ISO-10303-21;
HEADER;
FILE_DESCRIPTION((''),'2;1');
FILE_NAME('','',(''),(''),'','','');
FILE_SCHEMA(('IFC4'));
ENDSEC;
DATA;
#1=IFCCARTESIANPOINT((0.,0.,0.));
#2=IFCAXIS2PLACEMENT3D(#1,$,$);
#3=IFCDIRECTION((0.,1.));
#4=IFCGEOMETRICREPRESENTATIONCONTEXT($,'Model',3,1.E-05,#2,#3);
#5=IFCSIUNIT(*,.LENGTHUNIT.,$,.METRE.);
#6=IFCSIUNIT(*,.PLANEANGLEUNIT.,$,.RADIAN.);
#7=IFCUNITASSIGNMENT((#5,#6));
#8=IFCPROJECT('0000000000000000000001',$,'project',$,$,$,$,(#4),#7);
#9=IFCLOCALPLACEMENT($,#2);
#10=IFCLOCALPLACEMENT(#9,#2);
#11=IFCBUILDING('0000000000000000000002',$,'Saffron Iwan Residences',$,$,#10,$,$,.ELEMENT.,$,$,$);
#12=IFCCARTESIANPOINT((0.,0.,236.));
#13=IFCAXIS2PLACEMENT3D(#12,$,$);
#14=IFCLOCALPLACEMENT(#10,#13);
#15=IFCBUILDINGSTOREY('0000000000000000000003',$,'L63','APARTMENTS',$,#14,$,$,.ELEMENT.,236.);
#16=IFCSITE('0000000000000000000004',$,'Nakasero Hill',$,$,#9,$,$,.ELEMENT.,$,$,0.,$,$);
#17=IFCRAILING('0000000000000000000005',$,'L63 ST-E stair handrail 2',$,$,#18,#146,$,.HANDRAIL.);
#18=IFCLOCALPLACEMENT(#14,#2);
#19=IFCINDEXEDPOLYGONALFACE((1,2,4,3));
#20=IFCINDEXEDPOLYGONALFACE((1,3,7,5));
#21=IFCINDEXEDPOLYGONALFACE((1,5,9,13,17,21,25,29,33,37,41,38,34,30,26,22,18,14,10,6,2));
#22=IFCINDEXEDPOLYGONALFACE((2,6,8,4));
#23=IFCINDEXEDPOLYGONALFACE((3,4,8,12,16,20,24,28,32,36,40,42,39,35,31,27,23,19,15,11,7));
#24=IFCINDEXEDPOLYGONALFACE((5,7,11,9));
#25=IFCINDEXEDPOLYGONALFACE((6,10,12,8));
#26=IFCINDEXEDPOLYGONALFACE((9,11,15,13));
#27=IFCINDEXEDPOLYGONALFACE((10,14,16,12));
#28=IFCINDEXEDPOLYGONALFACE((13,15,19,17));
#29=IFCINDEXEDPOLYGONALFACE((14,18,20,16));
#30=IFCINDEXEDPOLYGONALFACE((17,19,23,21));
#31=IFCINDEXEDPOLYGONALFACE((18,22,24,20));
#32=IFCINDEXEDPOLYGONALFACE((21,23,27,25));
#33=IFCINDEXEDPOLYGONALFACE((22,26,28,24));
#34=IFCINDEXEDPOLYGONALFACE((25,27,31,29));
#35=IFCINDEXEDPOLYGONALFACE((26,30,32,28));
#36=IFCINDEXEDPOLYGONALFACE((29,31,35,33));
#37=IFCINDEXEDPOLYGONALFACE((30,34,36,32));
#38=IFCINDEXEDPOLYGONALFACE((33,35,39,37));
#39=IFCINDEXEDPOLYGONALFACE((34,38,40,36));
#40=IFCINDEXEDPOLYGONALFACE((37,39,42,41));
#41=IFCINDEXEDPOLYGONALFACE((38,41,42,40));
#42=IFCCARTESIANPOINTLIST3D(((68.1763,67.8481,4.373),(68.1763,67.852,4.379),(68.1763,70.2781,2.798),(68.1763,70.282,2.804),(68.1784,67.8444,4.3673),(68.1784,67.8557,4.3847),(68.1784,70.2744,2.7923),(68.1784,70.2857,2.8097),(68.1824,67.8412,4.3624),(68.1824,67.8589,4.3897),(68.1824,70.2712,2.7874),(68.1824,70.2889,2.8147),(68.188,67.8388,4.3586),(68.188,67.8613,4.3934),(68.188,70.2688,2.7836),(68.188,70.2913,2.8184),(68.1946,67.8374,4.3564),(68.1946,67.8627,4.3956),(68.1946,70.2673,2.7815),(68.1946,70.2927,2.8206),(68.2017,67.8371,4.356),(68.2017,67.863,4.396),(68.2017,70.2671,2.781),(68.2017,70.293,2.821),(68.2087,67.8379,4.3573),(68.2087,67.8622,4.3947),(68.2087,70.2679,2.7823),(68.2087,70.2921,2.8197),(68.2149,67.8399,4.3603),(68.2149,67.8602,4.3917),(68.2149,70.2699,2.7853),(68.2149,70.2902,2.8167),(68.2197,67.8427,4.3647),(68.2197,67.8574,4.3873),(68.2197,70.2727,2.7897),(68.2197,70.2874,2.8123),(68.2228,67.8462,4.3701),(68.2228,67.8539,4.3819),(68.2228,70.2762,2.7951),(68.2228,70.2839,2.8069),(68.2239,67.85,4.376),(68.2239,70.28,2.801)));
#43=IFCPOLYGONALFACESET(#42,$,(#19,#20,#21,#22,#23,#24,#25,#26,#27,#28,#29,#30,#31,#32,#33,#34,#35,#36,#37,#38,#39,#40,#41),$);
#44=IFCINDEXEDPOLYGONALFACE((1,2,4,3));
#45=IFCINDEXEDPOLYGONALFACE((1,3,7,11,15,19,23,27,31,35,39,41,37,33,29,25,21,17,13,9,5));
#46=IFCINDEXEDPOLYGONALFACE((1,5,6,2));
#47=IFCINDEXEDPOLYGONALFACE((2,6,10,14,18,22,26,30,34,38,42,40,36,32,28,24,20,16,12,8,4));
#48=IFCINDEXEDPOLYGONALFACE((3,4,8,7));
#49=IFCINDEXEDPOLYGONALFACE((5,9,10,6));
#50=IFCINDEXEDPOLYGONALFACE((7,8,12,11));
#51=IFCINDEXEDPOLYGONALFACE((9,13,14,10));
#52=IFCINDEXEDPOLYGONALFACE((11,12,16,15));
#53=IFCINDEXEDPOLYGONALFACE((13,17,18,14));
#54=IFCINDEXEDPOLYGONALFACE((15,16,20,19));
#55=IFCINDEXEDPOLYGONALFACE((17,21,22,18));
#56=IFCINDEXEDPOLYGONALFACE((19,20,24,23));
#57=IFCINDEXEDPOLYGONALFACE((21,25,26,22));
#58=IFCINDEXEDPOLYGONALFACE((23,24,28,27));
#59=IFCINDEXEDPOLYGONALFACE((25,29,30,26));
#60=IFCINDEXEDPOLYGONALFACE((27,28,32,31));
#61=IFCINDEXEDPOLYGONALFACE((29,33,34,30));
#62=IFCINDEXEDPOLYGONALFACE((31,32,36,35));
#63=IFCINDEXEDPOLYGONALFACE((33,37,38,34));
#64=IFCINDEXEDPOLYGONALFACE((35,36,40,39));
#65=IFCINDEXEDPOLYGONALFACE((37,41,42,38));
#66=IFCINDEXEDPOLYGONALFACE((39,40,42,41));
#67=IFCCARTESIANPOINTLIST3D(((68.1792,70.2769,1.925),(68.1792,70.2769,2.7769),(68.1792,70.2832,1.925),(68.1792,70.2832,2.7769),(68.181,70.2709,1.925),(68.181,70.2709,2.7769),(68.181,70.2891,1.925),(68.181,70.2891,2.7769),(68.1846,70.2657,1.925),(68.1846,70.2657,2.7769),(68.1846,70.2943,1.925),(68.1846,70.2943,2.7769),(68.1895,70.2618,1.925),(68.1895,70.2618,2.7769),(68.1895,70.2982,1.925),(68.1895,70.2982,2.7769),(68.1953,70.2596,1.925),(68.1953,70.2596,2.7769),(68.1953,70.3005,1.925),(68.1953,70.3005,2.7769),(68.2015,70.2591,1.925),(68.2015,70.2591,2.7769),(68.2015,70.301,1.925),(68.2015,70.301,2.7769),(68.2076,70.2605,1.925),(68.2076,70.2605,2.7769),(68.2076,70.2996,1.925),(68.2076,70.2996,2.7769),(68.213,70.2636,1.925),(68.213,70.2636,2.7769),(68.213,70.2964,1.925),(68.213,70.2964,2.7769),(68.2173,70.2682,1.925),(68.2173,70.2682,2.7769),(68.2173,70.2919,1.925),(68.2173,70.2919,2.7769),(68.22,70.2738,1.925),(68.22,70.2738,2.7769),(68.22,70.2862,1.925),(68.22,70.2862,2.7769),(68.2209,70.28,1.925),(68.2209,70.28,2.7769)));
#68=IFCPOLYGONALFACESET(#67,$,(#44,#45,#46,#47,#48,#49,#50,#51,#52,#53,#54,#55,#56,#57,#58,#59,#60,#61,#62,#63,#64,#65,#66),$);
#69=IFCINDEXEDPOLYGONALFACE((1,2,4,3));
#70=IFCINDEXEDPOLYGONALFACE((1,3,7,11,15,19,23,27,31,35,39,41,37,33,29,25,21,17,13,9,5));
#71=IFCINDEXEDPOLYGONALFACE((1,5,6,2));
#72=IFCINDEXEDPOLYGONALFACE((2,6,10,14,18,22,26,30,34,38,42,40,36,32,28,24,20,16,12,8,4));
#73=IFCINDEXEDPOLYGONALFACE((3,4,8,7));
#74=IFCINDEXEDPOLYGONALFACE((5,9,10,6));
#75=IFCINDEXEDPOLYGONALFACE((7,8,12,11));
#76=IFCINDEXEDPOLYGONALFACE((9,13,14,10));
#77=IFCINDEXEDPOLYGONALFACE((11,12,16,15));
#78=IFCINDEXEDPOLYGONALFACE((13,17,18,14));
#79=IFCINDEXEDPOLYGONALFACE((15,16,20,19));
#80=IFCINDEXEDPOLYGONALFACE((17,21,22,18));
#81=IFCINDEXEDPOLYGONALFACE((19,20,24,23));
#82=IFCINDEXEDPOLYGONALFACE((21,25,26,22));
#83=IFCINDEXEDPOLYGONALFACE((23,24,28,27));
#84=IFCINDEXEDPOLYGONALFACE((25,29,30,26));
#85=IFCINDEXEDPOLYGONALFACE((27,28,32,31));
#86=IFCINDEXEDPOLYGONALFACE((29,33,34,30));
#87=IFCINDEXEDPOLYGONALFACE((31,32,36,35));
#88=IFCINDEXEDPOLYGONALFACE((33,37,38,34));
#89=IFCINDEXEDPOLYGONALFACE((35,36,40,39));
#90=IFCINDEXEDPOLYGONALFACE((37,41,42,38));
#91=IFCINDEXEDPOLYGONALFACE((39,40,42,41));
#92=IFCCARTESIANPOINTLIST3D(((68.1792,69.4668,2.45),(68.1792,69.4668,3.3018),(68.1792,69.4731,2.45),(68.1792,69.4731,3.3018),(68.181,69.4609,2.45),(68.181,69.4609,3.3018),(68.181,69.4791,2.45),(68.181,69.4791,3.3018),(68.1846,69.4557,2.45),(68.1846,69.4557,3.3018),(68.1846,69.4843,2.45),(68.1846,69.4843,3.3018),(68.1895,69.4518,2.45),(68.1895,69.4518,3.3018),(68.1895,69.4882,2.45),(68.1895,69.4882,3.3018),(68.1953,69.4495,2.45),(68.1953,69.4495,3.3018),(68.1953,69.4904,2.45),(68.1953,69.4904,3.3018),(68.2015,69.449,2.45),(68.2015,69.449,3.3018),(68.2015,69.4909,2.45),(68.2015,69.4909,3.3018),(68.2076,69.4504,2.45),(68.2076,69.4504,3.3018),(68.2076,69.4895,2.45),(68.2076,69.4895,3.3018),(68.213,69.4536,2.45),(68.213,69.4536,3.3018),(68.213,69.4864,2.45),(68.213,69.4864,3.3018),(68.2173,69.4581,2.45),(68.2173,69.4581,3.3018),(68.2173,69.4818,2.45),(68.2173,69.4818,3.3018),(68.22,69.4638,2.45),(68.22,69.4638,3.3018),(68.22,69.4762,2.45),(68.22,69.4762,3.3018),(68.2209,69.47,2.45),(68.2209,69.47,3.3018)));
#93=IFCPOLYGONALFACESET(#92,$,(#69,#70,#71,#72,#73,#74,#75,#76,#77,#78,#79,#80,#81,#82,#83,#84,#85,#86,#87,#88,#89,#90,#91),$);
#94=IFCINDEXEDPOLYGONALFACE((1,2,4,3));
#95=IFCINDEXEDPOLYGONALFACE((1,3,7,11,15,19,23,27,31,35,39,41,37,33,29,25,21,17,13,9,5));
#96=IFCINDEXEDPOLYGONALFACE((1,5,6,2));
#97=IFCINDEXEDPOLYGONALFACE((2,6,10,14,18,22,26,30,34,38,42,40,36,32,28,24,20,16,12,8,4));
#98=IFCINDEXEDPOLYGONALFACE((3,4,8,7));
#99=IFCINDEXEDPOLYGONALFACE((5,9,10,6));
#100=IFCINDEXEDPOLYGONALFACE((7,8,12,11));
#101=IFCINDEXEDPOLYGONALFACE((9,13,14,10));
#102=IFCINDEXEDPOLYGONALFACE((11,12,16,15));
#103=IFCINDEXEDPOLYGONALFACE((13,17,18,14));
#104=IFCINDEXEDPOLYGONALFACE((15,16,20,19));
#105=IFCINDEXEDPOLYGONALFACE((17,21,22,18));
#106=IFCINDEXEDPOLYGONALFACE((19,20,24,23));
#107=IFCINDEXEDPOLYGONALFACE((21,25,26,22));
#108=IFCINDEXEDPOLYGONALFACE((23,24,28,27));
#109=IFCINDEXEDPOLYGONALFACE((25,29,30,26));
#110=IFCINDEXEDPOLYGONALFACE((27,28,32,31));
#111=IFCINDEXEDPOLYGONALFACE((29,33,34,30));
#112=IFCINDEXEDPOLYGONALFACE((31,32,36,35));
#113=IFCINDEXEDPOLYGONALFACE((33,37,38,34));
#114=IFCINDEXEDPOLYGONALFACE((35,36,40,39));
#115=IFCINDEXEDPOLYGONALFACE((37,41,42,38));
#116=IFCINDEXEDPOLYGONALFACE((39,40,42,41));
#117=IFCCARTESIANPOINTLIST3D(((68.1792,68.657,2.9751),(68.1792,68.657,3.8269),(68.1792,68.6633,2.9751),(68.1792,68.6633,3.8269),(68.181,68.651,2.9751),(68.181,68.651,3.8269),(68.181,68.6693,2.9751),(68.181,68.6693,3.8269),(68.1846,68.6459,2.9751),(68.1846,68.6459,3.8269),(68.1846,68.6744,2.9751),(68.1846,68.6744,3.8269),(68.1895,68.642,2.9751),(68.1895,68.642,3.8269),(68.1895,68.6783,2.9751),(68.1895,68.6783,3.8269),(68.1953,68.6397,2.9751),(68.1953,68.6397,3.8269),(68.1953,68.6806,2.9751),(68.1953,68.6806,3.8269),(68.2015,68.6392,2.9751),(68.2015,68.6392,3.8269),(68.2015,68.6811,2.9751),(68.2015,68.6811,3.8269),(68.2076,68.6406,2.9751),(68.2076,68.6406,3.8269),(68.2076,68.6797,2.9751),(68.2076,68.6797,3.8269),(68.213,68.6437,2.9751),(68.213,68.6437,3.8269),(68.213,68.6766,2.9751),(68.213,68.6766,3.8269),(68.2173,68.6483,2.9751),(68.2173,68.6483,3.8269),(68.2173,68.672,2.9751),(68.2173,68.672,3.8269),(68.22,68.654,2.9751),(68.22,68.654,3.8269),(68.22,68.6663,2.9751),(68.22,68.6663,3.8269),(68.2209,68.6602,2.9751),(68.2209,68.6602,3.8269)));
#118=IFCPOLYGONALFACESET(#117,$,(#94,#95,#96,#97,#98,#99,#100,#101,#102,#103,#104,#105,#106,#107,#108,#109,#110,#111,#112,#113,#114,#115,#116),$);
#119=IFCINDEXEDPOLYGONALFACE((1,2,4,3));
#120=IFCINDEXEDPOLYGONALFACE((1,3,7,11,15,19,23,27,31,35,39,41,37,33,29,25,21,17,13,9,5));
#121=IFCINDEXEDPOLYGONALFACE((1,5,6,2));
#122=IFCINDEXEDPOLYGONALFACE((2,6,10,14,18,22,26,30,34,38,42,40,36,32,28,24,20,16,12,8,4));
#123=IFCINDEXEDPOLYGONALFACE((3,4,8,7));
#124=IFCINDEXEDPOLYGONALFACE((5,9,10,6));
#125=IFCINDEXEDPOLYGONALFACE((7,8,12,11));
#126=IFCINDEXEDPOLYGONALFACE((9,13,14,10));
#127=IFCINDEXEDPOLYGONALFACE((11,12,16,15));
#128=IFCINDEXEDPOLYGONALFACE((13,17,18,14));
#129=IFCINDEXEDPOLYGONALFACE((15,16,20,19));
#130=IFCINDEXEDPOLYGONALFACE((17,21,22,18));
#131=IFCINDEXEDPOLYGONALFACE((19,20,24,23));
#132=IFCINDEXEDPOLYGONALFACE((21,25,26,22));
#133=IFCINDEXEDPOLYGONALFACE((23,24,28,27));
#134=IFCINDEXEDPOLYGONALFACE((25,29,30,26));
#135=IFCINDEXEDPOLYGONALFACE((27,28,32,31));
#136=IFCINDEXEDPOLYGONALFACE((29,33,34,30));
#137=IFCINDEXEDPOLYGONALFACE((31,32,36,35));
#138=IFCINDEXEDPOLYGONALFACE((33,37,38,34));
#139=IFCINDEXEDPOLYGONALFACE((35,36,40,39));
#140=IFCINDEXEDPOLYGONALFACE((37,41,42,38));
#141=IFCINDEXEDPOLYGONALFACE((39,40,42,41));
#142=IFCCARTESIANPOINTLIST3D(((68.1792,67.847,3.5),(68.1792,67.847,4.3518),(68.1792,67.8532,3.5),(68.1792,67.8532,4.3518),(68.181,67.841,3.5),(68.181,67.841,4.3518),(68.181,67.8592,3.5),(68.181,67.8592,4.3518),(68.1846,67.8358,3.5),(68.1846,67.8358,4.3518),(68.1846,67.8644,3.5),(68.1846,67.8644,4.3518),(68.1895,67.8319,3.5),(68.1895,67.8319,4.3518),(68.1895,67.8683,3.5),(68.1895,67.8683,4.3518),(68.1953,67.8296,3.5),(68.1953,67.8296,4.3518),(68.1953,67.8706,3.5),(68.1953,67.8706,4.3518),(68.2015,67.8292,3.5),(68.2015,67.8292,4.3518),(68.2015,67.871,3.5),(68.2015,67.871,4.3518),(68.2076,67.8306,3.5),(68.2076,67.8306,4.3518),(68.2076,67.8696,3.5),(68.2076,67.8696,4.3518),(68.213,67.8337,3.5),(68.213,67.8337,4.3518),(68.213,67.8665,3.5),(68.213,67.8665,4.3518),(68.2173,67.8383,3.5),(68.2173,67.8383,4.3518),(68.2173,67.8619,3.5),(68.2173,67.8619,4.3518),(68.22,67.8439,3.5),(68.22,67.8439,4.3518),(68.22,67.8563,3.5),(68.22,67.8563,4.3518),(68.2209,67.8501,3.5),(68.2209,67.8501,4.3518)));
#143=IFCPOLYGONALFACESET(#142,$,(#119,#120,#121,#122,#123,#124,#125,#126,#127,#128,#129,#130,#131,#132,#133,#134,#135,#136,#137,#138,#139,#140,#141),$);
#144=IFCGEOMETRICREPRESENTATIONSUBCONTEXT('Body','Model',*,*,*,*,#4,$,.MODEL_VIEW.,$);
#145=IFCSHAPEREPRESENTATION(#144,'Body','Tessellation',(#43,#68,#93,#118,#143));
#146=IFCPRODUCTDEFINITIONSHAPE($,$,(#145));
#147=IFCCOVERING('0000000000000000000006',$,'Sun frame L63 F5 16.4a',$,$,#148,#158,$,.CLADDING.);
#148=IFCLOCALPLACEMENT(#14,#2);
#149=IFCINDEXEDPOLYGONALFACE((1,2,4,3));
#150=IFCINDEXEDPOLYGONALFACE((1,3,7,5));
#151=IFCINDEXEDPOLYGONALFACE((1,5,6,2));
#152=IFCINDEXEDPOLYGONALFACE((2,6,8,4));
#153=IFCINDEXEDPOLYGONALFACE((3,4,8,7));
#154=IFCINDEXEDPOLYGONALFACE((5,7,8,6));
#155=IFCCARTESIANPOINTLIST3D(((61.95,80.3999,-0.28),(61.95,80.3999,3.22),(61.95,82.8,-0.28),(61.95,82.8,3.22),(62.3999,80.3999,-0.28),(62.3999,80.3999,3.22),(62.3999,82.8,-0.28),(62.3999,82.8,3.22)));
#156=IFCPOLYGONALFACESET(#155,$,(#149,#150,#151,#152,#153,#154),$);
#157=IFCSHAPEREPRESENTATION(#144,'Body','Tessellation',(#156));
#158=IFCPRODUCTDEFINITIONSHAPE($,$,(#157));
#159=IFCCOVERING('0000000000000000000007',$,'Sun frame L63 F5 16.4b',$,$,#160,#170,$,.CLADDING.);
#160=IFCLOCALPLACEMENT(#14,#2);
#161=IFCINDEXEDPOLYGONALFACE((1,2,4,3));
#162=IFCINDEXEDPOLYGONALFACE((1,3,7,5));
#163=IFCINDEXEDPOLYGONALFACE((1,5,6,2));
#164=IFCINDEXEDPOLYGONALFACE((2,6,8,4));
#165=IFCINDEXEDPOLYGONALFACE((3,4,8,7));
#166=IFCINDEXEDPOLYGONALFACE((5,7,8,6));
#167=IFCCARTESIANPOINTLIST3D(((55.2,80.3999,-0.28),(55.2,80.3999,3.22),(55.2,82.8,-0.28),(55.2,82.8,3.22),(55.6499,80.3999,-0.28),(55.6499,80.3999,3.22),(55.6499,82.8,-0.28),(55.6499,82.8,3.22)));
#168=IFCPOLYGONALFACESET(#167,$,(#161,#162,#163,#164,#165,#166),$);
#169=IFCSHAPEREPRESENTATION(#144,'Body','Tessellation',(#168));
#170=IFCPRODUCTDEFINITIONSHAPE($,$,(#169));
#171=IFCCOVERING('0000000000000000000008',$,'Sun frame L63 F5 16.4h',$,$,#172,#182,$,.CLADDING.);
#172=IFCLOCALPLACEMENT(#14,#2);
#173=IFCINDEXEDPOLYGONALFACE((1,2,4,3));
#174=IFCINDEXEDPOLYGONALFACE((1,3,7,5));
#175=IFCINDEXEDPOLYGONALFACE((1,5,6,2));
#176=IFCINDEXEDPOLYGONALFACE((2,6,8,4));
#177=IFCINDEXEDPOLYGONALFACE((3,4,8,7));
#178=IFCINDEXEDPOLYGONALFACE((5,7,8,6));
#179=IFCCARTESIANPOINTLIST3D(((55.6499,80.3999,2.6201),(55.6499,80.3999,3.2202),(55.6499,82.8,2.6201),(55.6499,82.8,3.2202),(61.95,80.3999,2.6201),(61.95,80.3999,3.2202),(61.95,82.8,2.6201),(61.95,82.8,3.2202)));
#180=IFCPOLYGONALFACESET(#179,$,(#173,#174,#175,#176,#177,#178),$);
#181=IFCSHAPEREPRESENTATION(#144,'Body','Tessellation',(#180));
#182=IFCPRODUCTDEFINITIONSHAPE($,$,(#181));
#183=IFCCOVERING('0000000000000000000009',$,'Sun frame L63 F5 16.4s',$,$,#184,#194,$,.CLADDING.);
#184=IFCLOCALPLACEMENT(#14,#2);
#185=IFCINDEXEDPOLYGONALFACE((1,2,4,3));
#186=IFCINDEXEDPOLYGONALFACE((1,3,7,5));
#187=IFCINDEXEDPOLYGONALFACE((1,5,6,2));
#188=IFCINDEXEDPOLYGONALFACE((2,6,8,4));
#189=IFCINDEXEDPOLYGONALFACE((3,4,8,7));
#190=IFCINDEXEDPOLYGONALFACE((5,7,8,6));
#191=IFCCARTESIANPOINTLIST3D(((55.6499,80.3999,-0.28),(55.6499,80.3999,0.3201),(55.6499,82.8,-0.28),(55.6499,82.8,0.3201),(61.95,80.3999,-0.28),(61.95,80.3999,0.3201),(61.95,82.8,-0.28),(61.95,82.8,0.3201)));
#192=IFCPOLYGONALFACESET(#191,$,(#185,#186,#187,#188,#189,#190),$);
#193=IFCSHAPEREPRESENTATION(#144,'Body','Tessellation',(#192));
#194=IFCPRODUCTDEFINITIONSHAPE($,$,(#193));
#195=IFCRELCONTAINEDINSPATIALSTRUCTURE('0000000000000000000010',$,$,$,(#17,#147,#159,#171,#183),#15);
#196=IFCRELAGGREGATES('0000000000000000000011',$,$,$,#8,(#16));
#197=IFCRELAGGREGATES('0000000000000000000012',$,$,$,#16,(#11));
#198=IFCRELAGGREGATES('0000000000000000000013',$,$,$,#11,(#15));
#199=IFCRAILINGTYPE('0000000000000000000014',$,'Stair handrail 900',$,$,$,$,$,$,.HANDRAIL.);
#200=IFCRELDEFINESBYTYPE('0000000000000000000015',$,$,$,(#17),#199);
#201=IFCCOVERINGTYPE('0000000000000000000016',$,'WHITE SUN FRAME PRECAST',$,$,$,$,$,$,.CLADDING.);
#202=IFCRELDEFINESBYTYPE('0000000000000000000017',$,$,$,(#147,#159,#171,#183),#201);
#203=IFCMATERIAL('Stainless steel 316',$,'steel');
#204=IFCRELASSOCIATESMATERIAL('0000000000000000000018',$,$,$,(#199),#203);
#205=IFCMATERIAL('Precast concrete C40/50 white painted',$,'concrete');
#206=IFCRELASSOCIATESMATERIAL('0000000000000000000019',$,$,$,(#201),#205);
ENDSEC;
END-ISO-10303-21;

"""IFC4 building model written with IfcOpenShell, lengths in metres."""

from ifc_helpers import new_model, si_unit, direction, frame, origin, origin_2d, place, context, subcontext, project, spatial, polyline, circle, outline, extrude, material, type_object, element, save


model = new_model("IFC4")

# Units and contexts
model_context = context("Model", 3, precision=1e-05, world=origin(), true_north=direction((0.0, 1.0)))
body_context = subcontext(model_context, "Body", "Model", "MODEL_VIEW")
ifc_project = project(units=[si_unit("LENGTHUNIT", "METRE"), si_unit("PLANEANGLEUNIT", "RADIAN")], contexts=[model_context])

# Site, building, storey
site_placement = place(None, origin())
site = spatial("IfcSite", under=ifc_project, at=site_placement, Name="Nakasero Hill", CompositionType="ELEMENT", RefElevation=0.0)
building_placement = place(site_placement, origin())
building = spatial("IfcBuilding", under=site, at=building_placement, Name="Saffron Iwan Residences", CompositionType="ELEMENT")
storey_placement = place(building_placement, frame((0.0, 0.0, 236.0)))
storey = spatial("IfcBuildingStorey", under=building, at=storey_placement, Name="L63", Description="APARTMENTS", CompositionType="ELEMENT", Elevation=236.0)

# Railing
ifc_material_1 = material(Name="Stainless steel 316", Category="steel")
railing_type = type_object("IfcRailingType", Name="Stair handrail 900", PredefinedType="HANDRAIL", material=ifc_material_1)
railing_1_placement = place(storey_placement, frame((68.2, 70.28, 1.925)))
element("IfcRailing", 1, at=railing_1_placement, inside=storey, type_object=railing_type, Name="L63 ST-E stair handrail 2", PredefinedType="HANDRAIL", context=body_context, shape_type="SweptSolid", body=[
    extrude(circle(Radius=0.0239, at=origin_2d()), frame((0.0, 0.0, 0.876), z_axis=(0.0, -0.839154, 0.543894), x_axis=(1.0, 0.0, 0.0)), (0.0, 0.0, 1.0), 2.8958),
    extrude(circle(Radius=0.021, at=origin_2d()), origin(), (0.0, 0.0, 1.0), 0.8518),
    extrude(circle(Radius=0.021, at=origin_2d()), frame((0.0, -0.8101, 0.5249)), (0.0, 0.0, 1.0), 0.8518),
    extrude(circle(Radius=0.021, at=origin_2d()), frame((0.0, -1.6199, 1.05)), (0.0, 0.0, 1.0), 0.8518),
    extrude(circle(Radius=0.021, at=origin_2d()), frame((0.0, -2.4299, 1.575)), (0.0, 0.0, 1.0), 0.8518),
])

# Coverings
ifc_material_2 = material(Name="Precast concrete C40/50 white painted", Category="concrete")
covering_type_1 = type_object("IfcCoveringType", Name="WHITE SUN FRAME PRECAST", PredefinedType="CLADDING", material=ifc_material_2)
for number, where, z_axis, x_axis, name in (
    (2, (62.3999, 80.3999, -0.28), (0.0, 1.0, 0.0), (-1.0, 0.0, 0.0), "Sun frame L63 F5 16.4a"),
    (3, (55.6499, 80.3999, -0.28), (0.0, 1.0, 0.0), (-1.0, 0.0, 0.0), "Sun frame L63 F5 16.4b"),
):
    element("IfcCovering", number, at=place(storey_placement, frame(where, z_axis=z_axis, x_axis=x_axis)), inside=storey, type_object=covering_type_1, Name=name, PredefinedType="CLADDING", context=body_context, shape_type="SweptSolid", body=[
        extrude(outline(polyline([(0.0, 0.0), (0.45, 0.0), (0.45, 3.5), (0.0, 3.5), (0.0, 0.0)])), origin(), (0.0, 0.0, 1.0), 2.4001),
    ])
for number, where, z_axis, x_axis, name in (
    (4, (61.95, 80.3999, 2.6201), (0.0, 1.0, 0.0), (-1.0, 0.0, 0.0), "Sun frame L63 F5 16.4h"),
    (5, (61.95, 80.3999, -0.28), (0.0, 1.0, 0.0), (-1.0, 0.0, 0.0), "Sun frame L63 F5 16.4s"),
):
    element("IfcCovering", number, at=place(storey_placement, frame(where, z_axis=z_axis, x_axis=x_axis)), inside=storey, type_object=covering_type_1, Name=name, PredefinedType="CLADDING", context=body_context, shape_type="SweptSolid", body=[
        extrude(outline(polyline([(0.0, 0.0), (6.3, 0.0), (6.3, 0.6001), (0.0, 0.6001), (0.0, 0.0)])), origin(), (0.0, 0.0, 1.0), 2.4001),
    ])

save(model, "model.ifc")
